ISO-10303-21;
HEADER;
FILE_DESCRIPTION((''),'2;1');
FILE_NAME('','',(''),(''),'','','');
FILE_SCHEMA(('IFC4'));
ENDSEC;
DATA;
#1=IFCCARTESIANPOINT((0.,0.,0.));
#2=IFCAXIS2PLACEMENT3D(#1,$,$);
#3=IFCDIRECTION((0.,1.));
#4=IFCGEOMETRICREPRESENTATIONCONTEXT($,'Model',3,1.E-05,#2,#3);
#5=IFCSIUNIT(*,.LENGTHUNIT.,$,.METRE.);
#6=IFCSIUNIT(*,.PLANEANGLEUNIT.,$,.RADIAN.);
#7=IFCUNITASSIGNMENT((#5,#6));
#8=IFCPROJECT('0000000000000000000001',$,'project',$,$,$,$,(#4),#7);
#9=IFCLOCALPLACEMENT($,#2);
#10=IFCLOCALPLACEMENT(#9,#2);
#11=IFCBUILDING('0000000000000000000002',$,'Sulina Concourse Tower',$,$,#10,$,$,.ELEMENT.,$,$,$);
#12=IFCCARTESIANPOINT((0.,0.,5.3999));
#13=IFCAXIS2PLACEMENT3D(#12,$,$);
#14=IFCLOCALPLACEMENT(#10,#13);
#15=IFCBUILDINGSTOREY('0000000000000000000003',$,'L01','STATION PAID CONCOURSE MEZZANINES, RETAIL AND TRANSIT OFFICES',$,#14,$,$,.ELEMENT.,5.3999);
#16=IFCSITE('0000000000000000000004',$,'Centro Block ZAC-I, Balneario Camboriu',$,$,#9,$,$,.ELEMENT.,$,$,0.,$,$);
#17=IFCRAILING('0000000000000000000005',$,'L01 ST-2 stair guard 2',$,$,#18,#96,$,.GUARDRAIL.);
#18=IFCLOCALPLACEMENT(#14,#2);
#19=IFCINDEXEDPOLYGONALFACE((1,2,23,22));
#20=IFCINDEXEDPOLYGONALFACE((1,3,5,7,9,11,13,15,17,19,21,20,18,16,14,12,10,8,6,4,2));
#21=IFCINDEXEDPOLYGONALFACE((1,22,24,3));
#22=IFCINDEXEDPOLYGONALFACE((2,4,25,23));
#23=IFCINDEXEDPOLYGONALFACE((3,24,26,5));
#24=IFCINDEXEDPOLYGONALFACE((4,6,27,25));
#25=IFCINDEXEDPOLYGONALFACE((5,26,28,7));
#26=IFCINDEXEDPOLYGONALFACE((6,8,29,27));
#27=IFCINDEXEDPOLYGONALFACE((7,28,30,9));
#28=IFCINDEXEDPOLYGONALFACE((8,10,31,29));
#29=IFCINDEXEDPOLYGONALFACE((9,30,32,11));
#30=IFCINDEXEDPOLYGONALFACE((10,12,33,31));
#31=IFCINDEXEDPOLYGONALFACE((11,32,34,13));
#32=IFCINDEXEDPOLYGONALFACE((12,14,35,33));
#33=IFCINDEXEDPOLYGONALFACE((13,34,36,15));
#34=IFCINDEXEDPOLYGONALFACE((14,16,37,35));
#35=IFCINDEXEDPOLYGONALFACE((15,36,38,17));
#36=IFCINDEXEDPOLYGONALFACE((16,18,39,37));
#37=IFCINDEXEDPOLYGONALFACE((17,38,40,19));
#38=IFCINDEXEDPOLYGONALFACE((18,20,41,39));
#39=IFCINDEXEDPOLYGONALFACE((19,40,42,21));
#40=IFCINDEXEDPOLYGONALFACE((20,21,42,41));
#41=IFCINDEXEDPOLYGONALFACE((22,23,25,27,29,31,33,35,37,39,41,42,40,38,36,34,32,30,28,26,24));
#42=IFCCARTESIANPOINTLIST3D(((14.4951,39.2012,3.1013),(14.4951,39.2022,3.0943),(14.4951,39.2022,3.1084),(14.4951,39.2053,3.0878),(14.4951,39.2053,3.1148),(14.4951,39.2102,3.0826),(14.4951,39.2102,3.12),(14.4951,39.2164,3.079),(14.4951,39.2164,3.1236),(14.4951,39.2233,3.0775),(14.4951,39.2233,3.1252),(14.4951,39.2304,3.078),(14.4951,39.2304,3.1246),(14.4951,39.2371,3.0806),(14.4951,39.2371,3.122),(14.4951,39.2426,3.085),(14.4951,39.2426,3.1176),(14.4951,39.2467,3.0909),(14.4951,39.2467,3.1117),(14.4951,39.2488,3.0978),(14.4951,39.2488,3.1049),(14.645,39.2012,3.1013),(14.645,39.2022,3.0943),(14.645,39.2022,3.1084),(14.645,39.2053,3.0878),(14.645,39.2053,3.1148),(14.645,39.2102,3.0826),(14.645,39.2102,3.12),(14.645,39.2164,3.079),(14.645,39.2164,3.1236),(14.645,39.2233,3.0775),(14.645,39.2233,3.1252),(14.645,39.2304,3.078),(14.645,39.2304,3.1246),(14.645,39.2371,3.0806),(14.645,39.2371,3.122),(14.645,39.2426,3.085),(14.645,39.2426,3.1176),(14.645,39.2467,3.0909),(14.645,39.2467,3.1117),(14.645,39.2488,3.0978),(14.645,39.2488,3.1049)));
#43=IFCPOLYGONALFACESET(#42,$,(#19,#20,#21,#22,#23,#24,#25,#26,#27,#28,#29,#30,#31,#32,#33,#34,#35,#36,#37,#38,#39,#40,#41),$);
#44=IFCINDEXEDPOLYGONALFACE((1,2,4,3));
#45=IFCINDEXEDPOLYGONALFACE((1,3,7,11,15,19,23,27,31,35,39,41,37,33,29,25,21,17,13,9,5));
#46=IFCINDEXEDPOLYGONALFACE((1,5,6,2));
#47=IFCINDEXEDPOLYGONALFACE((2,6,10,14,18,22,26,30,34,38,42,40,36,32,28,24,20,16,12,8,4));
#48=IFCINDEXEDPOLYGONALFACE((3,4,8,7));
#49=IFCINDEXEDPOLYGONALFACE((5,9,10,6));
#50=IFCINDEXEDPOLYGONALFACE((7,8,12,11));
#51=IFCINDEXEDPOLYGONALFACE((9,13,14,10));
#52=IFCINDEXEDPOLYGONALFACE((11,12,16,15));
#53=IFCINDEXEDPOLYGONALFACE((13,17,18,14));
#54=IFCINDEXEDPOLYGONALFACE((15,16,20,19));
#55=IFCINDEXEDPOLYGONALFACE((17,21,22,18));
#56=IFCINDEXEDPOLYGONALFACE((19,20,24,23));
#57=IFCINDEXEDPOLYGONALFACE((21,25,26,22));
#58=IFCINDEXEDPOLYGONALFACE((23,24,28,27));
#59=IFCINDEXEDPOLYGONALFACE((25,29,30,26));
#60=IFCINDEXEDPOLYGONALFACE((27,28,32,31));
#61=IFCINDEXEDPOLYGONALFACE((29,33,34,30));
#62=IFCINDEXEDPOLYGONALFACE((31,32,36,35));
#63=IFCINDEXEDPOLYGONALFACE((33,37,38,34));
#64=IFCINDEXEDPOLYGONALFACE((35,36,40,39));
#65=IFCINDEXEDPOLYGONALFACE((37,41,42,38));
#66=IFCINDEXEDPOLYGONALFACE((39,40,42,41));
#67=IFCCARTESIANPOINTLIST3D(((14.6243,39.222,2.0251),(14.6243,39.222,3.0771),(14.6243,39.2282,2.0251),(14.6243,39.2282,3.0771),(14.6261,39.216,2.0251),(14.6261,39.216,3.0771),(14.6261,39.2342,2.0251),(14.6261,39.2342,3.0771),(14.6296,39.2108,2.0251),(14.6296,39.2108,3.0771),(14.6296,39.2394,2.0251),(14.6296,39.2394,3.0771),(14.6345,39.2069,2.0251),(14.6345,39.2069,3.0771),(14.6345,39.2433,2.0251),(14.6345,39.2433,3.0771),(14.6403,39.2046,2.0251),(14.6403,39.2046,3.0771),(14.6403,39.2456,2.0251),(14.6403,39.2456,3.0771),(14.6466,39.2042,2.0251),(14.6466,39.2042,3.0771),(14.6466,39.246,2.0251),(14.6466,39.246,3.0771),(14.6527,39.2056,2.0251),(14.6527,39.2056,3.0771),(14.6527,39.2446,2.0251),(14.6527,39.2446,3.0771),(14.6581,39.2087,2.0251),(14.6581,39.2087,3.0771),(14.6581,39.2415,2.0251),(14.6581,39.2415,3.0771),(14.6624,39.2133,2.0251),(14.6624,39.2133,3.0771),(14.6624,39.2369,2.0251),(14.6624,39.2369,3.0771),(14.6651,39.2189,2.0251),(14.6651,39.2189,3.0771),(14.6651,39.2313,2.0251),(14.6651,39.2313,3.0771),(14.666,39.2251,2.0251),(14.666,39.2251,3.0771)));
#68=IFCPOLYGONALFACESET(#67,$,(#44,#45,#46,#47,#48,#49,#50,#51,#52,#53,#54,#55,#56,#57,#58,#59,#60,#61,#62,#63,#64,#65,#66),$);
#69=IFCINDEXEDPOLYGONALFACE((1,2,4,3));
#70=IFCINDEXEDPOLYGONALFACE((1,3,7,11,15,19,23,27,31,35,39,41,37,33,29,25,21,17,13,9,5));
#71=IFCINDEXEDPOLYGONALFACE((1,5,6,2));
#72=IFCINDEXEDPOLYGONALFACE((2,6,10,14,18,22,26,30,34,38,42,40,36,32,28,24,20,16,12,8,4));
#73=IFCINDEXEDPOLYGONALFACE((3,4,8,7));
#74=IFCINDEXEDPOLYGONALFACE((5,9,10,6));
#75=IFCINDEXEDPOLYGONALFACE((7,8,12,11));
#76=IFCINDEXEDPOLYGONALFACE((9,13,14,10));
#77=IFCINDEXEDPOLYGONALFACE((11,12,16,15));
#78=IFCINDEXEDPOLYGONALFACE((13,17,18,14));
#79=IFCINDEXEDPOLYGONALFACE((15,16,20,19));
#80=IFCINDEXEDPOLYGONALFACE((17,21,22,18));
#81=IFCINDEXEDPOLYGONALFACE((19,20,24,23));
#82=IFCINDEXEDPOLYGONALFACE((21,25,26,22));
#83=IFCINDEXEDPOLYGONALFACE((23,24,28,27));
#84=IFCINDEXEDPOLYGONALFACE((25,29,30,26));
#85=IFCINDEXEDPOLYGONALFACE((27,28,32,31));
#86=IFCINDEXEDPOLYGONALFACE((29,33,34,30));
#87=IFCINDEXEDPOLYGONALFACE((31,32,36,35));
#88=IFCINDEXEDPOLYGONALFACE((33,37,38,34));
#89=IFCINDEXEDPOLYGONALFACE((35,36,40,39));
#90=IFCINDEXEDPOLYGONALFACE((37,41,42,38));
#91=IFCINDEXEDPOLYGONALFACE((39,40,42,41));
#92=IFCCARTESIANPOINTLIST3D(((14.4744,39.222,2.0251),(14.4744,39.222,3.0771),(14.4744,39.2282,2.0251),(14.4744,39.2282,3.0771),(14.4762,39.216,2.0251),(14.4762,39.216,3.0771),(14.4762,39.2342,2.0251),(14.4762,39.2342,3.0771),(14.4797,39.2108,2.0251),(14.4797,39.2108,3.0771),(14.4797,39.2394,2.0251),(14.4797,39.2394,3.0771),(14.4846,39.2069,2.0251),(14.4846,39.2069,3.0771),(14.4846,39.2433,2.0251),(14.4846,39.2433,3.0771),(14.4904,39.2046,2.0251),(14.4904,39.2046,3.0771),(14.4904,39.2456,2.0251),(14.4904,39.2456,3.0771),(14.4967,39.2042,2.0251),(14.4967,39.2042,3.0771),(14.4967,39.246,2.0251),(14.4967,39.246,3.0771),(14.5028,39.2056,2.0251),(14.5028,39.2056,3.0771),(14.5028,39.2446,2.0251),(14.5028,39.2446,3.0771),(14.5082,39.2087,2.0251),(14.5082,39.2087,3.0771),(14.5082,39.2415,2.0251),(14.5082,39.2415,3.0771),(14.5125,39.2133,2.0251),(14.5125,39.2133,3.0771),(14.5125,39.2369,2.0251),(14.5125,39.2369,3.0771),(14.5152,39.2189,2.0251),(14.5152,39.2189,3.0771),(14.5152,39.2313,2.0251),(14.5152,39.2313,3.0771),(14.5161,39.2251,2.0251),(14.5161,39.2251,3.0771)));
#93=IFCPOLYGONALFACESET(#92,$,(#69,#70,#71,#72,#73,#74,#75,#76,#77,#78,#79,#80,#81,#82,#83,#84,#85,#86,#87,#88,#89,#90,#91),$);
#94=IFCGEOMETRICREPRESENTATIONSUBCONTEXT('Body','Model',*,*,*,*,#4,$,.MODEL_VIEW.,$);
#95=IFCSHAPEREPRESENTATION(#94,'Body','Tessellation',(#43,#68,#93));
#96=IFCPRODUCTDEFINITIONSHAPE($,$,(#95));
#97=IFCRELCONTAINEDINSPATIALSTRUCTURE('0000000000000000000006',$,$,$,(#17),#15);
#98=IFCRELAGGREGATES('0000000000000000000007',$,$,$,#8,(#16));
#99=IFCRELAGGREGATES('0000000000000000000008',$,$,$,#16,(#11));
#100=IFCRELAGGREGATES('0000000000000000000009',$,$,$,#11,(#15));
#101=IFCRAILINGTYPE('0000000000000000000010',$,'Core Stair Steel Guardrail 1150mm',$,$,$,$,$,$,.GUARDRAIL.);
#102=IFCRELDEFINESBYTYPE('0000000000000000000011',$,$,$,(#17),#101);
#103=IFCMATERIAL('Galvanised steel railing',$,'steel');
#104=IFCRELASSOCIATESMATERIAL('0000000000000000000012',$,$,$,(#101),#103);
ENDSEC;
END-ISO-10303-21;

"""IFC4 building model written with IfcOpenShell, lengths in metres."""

from ifc_helpers import new_model, si_unit, direction, frame, origin, origin_2d, place, context, subcontext, project, spatial, circle, extrude, material, type_object, element, save


model = new_model("IFC4")

# Units and contexts
model_context = context("Model", 3, precision=1e-05, world=origin(), true_north=direction((0.0, 1.0)))
body_context = subcontext(model_context, "Body", "Model", "MODEL_VIEW")
ifc_project = project(units=[si_unit("LENGTHUNIT", "METRE"), si_unit("PLANEANGLEUNIT", "RADIAN")], contexts=[model_context])

# Site, building, storey
site_placement = place(None, origin())
site = spatial("IfcSite", under=ifc_project, at=site_placement, Name="Centro Block ZAC-I, Balneario Camboriu", CompositionType="ELEMENT", RefElevation=0.0)
building_placement = place(site_placement, origin())
building = spatial("IfcBuilding", under=site, at=building_placement, Name="Sulina Concourse Tower", CompositionType="ELEMENT")
storey_placement = place(building_placement, frame((0.0, 0.0, 5.3999)))
storey = spatial("IfcBuildingStorey", under=building, at=storey_placement, Name="L01", Description="STATION PAID CONCOURSE MEZZANINES, RETAIL AND TRANSIT OFFICES", CompositionType="ELEMENT", Elevation=5.3999)

# Railing
ifc_material_1 = material(Name="Galvanised steel railing", Category="steel")
railing_type_1 = type_object("IfcRailingType", Name="Core Stair Steel Guardrail 1150mm", PredefinedType="GUARDRAIL", material=ifc_material_1)
railing_1_placement = place(storey_placement, frame((14.645, 39.2251, 2.0251)))
element("IfcRailing", 1, at=railing_1_placement, inside=storey, type_object=railing_type_1, Name="L01 ST-2 stair guard 2", PredefinedType="GUARDRAIL", context=body_context, shape_type="SweptSolid", body=[
    extrude(circle(Radius=0.0239, at=origin_2d()), frame((0.0, 0.0, 1.0762), z_axis=(-1.0, 0.0, 0.0), x_axis=(0.0, -1.0, 0.0)), (0.0, 0.0, 1.0), 0.1499),
    extrude(circle(Radius=0.021, at=origin_2d()), origin(), (0.0, 0.0, 1.0), 1.052),
    extrude(circle(Radius=0.021, at=origin_2d()), frame((-0.1499, 0.0, 0.0)), (0.0, 0.0, 1.0), 1.052),
])

save(model, "model.ifc")
